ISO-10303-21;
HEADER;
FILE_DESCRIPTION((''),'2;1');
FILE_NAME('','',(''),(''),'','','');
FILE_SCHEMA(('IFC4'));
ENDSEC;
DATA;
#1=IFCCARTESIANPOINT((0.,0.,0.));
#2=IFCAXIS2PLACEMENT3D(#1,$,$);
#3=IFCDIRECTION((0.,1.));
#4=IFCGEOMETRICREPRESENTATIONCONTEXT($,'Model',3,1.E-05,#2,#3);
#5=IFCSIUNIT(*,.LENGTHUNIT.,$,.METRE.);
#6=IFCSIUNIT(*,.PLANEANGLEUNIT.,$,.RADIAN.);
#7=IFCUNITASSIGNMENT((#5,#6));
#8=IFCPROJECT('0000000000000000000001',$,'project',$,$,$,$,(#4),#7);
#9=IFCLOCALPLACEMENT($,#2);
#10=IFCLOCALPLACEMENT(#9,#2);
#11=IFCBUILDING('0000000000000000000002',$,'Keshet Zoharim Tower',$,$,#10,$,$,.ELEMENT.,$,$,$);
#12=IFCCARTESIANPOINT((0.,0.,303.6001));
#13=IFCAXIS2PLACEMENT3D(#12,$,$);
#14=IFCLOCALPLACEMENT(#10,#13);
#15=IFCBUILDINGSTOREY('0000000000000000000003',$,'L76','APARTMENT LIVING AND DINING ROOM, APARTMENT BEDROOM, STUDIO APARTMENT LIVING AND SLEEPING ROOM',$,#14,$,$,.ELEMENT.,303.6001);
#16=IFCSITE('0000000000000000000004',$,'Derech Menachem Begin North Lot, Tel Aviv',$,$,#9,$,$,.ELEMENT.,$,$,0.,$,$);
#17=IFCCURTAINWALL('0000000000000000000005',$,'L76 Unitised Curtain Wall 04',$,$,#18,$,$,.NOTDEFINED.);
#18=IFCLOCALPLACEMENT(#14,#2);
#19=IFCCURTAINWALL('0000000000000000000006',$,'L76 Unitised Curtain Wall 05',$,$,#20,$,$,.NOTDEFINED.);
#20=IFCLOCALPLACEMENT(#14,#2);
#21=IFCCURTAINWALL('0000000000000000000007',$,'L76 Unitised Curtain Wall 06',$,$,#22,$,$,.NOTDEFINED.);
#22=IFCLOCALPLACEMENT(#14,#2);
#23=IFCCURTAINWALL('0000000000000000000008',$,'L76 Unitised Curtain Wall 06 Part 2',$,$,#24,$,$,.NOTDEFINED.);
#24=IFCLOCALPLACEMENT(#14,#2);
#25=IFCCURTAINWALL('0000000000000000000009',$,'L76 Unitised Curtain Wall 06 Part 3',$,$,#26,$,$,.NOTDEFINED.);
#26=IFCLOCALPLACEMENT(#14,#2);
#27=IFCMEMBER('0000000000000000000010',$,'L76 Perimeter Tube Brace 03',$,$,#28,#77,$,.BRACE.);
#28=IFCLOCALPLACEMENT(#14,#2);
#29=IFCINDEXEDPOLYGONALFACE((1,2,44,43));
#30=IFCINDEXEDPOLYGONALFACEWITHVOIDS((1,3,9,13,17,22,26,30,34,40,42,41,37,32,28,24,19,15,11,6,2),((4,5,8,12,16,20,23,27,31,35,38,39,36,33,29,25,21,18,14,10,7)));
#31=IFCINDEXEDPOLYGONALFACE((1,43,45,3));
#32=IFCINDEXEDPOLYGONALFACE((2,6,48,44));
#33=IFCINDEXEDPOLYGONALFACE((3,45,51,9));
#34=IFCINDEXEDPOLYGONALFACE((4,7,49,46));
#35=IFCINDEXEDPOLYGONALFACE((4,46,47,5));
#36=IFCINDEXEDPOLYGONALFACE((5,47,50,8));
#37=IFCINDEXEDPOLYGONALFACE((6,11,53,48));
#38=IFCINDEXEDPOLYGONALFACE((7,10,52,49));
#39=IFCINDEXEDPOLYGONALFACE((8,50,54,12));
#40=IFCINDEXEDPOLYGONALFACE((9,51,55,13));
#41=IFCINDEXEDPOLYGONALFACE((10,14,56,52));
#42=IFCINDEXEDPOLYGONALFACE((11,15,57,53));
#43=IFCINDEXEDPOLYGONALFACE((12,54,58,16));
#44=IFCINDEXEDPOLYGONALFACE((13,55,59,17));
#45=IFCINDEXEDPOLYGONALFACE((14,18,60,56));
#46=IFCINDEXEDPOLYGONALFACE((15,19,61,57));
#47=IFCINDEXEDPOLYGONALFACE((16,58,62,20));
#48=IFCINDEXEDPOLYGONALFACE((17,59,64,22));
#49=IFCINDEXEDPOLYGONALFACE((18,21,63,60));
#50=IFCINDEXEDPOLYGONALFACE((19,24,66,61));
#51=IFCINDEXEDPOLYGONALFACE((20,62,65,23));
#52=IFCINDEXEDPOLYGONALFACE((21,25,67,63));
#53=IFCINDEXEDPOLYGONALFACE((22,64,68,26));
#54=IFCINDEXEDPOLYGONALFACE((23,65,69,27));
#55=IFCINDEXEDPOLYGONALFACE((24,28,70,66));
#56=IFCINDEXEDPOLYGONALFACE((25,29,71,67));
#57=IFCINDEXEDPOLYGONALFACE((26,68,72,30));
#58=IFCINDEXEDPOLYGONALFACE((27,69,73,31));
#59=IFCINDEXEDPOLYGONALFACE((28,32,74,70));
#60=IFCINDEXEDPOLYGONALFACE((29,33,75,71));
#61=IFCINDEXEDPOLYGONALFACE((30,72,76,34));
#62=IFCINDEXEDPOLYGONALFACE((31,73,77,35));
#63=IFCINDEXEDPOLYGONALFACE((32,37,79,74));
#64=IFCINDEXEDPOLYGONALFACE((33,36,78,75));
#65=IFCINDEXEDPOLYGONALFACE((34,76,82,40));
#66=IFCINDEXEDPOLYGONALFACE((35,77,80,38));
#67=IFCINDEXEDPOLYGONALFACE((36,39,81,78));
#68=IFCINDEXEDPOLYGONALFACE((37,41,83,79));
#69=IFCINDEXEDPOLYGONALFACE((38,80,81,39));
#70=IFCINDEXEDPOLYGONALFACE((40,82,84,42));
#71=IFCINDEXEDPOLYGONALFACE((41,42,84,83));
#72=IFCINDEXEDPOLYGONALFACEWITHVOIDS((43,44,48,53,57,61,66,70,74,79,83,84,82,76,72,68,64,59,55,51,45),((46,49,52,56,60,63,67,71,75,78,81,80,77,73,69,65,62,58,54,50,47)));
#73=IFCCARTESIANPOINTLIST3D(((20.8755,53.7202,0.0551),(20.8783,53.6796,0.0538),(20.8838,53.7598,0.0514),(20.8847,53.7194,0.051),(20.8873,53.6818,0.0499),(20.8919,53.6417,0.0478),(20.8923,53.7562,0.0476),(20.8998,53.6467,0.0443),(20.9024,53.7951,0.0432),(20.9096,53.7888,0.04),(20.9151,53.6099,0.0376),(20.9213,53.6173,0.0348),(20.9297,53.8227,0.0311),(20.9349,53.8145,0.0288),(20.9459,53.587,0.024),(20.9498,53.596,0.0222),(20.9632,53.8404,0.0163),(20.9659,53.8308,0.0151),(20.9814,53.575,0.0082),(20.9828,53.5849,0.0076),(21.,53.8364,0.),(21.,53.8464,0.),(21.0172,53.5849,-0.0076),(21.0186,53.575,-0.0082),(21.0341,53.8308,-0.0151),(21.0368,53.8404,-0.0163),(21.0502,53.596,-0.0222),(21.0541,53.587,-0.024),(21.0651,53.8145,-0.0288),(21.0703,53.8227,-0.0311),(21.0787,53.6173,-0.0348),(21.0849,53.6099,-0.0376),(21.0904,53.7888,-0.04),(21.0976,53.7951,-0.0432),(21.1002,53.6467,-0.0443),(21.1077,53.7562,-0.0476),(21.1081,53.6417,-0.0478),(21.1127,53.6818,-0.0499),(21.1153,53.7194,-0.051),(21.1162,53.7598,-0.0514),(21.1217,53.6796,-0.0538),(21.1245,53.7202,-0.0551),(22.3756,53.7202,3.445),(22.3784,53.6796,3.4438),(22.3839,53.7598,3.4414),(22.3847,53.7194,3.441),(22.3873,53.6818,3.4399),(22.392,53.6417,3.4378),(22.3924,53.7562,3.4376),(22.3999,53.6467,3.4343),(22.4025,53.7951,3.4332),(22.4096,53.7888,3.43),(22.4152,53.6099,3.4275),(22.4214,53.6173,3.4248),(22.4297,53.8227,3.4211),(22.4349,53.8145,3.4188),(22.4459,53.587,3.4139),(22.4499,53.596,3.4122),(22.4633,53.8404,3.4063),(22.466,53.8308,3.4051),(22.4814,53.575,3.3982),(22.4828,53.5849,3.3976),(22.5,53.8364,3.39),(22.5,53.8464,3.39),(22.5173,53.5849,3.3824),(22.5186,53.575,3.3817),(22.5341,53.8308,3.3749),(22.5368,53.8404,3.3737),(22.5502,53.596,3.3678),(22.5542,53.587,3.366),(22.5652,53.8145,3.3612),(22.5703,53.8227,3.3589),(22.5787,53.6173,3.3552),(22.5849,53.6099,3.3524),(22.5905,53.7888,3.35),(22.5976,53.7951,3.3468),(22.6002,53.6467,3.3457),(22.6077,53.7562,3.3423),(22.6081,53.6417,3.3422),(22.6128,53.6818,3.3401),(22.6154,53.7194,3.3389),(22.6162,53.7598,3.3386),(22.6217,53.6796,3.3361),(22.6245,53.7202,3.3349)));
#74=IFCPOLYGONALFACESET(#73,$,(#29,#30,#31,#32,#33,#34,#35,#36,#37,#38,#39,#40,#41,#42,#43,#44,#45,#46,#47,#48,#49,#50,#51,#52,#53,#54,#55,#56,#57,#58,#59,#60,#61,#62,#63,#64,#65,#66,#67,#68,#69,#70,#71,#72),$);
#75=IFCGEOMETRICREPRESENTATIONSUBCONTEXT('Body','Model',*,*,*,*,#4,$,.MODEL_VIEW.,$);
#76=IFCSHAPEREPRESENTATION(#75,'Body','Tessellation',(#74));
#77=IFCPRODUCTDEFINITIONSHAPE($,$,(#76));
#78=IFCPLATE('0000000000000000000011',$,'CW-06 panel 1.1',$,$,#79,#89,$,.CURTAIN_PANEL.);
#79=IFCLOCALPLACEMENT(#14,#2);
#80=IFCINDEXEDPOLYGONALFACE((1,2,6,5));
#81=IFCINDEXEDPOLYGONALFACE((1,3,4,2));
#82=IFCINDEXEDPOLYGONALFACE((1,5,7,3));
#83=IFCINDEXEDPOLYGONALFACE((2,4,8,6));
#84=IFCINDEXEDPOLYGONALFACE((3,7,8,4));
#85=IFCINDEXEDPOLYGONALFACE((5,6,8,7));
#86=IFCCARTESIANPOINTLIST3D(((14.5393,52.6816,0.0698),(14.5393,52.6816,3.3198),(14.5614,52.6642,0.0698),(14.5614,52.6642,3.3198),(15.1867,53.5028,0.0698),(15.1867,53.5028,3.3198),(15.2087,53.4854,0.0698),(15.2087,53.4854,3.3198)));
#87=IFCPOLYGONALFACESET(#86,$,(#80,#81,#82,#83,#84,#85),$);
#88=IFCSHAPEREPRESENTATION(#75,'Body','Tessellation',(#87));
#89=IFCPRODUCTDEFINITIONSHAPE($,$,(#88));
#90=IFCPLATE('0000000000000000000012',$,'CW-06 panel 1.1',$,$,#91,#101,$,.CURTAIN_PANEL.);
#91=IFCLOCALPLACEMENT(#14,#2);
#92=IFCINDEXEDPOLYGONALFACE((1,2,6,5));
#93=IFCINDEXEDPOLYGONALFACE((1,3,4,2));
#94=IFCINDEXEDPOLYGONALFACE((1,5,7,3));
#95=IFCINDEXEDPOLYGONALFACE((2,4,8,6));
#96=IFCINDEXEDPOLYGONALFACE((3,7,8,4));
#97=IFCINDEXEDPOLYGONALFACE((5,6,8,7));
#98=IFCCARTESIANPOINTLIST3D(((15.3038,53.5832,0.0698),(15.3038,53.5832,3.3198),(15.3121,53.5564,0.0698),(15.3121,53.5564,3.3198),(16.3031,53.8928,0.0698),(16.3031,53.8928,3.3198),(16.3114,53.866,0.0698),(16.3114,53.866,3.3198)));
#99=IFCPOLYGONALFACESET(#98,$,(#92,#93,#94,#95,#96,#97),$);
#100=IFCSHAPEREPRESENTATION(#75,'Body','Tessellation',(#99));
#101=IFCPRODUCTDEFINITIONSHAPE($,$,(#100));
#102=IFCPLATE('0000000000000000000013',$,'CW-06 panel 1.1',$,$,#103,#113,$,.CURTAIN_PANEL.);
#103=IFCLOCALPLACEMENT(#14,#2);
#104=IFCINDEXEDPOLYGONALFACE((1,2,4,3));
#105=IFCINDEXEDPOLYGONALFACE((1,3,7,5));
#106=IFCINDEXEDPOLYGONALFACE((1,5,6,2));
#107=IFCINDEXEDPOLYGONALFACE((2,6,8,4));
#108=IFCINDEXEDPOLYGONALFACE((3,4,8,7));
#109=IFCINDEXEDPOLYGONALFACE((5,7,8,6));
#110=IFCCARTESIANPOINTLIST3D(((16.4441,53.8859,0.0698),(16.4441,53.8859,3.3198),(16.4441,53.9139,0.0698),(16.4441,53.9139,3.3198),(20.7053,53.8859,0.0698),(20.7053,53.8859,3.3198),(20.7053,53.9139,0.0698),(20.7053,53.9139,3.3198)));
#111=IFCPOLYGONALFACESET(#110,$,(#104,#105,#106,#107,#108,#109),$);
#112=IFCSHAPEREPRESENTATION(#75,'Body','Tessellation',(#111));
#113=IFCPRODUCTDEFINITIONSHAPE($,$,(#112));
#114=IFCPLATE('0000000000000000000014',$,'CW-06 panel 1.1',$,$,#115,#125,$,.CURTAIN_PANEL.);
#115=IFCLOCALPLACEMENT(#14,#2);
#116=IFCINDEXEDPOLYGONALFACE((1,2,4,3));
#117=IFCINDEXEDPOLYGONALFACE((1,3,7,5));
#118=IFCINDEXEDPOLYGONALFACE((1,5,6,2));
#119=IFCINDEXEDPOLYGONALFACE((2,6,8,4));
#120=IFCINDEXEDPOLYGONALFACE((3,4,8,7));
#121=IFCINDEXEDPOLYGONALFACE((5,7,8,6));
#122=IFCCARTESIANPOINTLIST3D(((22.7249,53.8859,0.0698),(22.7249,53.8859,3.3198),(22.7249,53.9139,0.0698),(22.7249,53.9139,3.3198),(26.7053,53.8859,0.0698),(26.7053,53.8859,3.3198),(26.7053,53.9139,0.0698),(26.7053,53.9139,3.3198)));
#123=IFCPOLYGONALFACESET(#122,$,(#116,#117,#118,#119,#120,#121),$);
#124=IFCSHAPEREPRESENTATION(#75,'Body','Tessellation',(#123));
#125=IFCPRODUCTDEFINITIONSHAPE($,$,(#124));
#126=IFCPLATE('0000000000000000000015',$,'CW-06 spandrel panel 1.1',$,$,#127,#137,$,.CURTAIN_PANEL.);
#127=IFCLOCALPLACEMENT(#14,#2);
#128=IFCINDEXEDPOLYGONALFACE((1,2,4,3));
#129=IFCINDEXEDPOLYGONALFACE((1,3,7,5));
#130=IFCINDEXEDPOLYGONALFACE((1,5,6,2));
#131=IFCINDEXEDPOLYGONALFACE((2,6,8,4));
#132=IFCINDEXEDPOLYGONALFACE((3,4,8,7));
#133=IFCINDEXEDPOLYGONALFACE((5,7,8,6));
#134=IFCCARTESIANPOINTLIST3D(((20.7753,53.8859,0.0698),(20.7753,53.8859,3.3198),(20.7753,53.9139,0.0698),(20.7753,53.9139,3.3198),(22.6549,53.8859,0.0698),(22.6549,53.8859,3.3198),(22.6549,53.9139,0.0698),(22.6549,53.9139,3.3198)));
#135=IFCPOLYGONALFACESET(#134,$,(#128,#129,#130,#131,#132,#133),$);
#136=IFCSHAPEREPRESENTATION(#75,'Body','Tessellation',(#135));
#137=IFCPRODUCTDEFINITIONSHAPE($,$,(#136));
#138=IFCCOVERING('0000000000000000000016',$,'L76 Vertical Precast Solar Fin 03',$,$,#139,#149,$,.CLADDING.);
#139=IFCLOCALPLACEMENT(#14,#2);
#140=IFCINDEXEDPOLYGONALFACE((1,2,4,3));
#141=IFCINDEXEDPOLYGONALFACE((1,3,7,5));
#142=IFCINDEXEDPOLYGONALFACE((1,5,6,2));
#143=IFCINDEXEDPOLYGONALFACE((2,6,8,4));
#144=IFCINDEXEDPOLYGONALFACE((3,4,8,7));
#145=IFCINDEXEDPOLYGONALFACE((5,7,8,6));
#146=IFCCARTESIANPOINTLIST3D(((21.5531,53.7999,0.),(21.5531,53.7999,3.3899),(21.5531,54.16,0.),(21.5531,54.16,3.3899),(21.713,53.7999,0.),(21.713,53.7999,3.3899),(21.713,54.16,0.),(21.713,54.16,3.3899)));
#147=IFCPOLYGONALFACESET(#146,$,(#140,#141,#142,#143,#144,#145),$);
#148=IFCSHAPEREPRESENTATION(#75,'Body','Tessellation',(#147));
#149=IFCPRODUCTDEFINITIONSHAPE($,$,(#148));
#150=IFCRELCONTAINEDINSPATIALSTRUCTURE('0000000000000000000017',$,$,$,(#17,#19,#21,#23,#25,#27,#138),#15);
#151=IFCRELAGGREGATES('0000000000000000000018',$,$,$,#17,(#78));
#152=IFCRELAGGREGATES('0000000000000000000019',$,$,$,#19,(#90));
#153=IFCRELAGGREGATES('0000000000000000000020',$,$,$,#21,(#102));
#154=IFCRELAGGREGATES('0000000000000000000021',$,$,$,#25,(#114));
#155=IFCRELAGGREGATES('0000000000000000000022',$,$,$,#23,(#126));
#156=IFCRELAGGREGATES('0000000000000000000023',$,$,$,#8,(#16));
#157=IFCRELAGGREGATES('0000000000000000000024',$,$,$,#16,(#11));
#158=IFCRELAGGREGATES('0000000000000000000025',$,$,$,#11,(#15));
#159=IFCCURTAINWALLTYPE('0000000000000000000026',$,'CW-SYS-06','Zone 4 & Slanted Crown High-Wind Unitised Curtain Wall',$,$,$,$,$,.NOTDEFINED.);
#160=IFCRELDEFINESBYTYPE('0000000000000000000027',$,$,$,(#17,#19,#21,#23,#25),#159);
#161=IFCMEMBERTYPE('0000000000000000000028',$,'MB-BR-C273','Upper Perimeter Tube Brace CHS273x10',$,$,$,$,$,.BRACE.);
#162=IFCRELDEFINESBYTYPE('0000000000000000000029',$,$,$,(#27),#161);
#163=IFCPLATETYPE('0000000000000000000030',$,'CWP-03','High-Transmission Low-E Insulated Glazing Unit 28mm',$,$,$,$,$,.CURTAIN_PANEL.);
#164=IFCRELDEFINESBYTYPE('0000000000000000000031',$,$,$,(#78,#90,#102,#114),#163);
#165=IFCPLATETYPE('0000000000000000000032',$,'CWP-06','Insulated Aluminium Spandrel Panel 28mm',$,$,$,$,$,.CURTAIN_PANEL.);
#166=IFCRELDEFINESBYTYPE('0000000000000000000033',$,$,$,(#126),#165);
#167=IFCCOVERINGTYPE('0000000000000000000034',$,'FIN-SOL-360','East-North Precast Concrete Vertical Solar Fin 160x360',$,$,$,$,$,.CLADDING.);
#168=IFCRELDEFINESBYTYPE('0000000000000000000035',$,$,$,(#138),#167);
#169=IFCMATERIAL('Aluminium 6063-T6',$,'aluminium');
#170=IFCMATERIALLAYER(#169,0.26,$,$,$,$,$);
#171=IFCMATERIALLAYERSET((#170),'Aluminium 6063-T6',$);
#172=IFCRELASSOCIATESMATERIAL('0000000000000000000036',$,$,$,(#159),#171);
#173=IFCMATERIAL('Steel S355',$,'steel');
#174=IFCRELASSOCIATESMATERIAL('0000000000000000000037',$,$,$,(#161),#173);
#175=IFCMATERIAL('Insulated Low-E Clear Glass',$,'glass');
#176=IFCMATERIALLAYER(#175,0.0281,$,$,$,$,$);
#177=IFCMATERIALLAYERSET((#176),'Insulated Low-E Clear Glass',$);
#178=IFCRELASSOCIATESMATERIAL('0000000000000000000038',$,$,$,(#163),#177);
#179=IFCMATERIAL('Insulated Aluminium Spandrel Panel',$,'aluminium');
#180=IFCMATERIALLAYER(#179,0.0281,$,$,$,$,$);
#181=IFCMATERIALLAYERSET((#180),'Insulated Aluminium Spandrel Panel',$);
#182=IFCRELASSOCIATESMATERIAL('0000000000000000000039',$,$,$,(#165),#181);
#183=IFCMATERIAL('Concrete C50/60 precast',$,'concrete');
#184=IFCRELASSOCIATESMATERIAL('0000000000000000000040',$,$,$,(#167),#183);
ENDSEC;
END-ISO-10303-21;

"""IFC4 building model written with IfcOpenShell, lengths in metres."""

from ifc_helpers import new_model, si_unit, direction, frame, origin, origin_2d, place, context, subcontext, project, spatial, rectangle, hollow_circle, extrude, material, layer, layer_set, material_profile, profile_set, type_object, element, aggregate, save


model = new_model("IFC4")

# Units and contexts
model_context = context("Model", 3, precision=1e-05, world=origin(), true_north=direction((0.0, 1.0)))
body_context = subcontext(model_context, "Body", "Model", "MODEL_VIEW")
ifc_project = project(units=[si_unit("LENGTHUNIT", "METRE"), si_unit("PLANEANGLEUNIT", "RADIAN")], contexts=[model_context])

# Site, building, storey
site_placement = place(None, origin())
site = spatial("IfcSite", under=ifc_project, at=site_placement, Name="Derech Menachem Begin North Lot, Tel Aviv", CompositionType="ELEMENT", RefElevation=0.0)
building_placement = place(site_placement, origin())
building = spatial("IfcBuilding", under=site, at=building_placement, Name="Keshet Zoharim Tower", CompositionType="ELEMENT")
storey_placement = place(building_placement, frame((0.0, 0.0, 303.6001)))
storey = spatial("IfcBuildingStorey", under=building, at=storey_placement, Name="L76", Description="APARTMENT LIVING AND DINING ROOM, APARTMENT BEDROOM, STUDIO APARTMENT LIVING AND SLEEPING ROOM", CompositionType="ELEMENT", Elevation=303.6001)

# Shared definitions
ifc_material_1 = material(Name="Steel S355", Category="steel")

# Curtain wall
ifc_material_2 = material(Name="Aluminium 6063-T6", Category="aluminium")
ifc_layer_1 = layer(ifc_material_2, 0.26)
ifc_layer_set_1 = layer_set([ifc_layer_1], Name="Aluminium 6063-T6")
curtain_wall_type = type_object("IfcCurtainWallType", Name="CW-SYS-06", Description="Zone 4 & Slanted Crown High-Wind Unitised Curtain Wall", PredefinedType="NOTDEFINED", material=ifc_layer_set_1)
curtain_wall_1_placement = place(storey_placement, origin())
curtain_wall_1 = element("IfcCurtainWall", 1, at=curtain_wall_1_placement, inside=storey, type_object=curtain_wall_type, Name="L76 Unitised Curtain Wall 04", PredefinedType="NOTDEFINED")

# Curtain walls
curtain_wall_2_placement = place(storey_placement, origin())
curtain_wall_2 = element("IfcCurtainWall", 2, at=curtain_wall_2_placement, inside=storey, type_object=curtain_wall_type, Name="L76 Unitised Curtain Wall 05", PredefinedType="NOTDEFINED")
curtain_wall_3_placement = place(storey_placement, origin())
curtain_wall_3 = element("IfcCurtainWall", 3, at=curtain_wall_3_placement, inside=storey, type_object=curtain_wall_type, Name="L76 Unitised Curtain Wall 06", PredefinedType="NOTDEFINED")

# Curtain wall
curtain_wall_4_placement = place(storey_placement, origin())
curtain_wall_4 = element("IfcCurtainWall", 4, at=curtain_wall_4_placement, inside=storey, type_object=curtain_wall_type, Name="L76 Unitised Curtain Wall 06 Part 2", PredefinedType="NOTDEFINED")

# Curtain wall
curtain_wall_5_placement = place(storey_placement, origin())
curtain_wall_5 = element("IfcCurtainWall", 5, at=curtain_wall_5_placement, inside=storey, type_object=curtain_wall_type, Name="L76 Unitised Curtain Wall 06 Part 3", PredefinedType="NOTDEFINED")

# Member
ifc_material_profile_1 = material_profile(ifc_material_1, hollow_circle(Radius=0.1365, WallThickness=0.01, at=origin_2d()), Name="CHS273x10")
ifc_profile_set_1 = profile_set([ifc_material_profile_1], Name="Steel S355")
member_type_1 = type_object("IfcMemberType", Name="MB-BR-C273", Description="Upper Perimeter Tube Brace CHS273x10", PredefinedType="BRACE", material=ifc_profile_set_1)
member_1_placement = place(storey_placement, frame((21.0, 53.71, 0.0), z_axis=(0.404647, 0.0, 0.914473), x_axis=(0.0, 1.0, 0.0)))
element("IfcMember", 6, at=member_1_placement, inside=storey, type_object=member_type_1, Name="L76 Perimeter Tube Brace 03", PredefinedType="BRACE", context=body_context, shape_type="SweptSolid", body=[
    extrude(hollow_circle(Radius=0.1365, WallThickness=0.01, at=origin_2d()), origin(), (0.0, 0.0, 1.0), 3.707),
])

# Plates
ifc_material_3 = material(Name="Insulated Low-E Clear Glass", Category="glass")
ifc_layer_2 = layer(ifc_material_3, 0.0281)
ifc_layer_set_2 = layer_set([ifc_layer_2], Name="Insulated Low-E Clear Glass")
plate_type_1 = type_object("IfcPlateType", Name="CWP-03", Description="High-Transmission Low-E Insulated Glazing Unit 28mm", PredefinedType="CURTAIN_PANEL", material=ifc_layer_set_2)
plate_1_placement = place(storey_placement, frame((14.874, 53.0835, 0.0698), z_axis=(0.0, 0.0, 1.0), x_axis=(0.619125, 0.785293, 0.0)))
plate_1 = element("IfcPlate", 7, at=plate_1_placement, type_object=plate_type_1, Name="CW-06 panel 1.1", PredefinedType="CURTAIN_PANEL", context=body_context, shape_type="SweptSolid", body=[
    extrude(rectangle(XDim=1.0457, YDim=0.0281, at=origin_2d()), origin(), (0.0, 0.0, 1.0), 3.25),
])
aggregate(curtain_wall_1, [plate_1])
plate_2_placement = place(storey_placement, frame((15.8076, 53.7246, 0.0698), z_axis=(0.0, 0.0, 1.0), x_axis=(0.955212, 0.295922, 0.0)))
plate_2 = element("IfcPlate", 8, at=plate_2_placement, type_object=plate_type_1, Name="CW-06 panel 1.1", PredefinedType="CURTAIN_PANEL", context=body_context, shape_type="SweptSolid", body=[
    extrude(rectangle(XDim=1.0461, YDim=0.0281, at=origin_2d()), origin(), (0.0, 0.0, 1.0), 3.25),
])
aggregate(curtain_wall_2, [plate_2])
plate_3_placement = place(storey_placement, frame((18.5747, 53.8999, 0.0698), z_axis=(0.0, 0.0, 1.0), x_axis=(1.0, 0.0, 0.0)))
plate_3 = element("IfcPlate", 9, at=plate_3_placement, type_object=plate_type_1, Name="CW-06 panel 1.1", PredefinedType="CURTAIN_PANEL", context=body_context, shape_type="SweptSolid", body=[
    extrude(rectangle(XDim=4.2612, YDim=0.0281, at=origin_2d()), origin(), (0.0, 0.0, 1.0), 3.25),
])
aggregate(curtain_wall_3, [plate_3])
plate_4_placement = place(storey_placement, frame((24.7151, 53.8999, 0.0698), z_axis=(0.0, 0.0, 1.0), x_axis=(1.0, 0.0, 0.0)))
plate_4 = element("IfcPlate", 10, at=plate_4_placement, type_object=plate_type_1, Name="CW-06 panel 1.1", PredefinedType="CURTAIN_PANEL", context=body_context, shape_type="SweptSolid", body=[
    extrude(rectangle(XDim=3.9805, YDim=0.0281, at=origin_2d()), origin(), (0.0, 0.0, 1.0), 3.25),
])
aggregate(curtain_wall_5, [plate_4])
ifc_material_4 = material(Name="Insulated Aluminium Spandrel Panel", Category="aluminium")
ifc_layer_3 = layer(ifc_material_4, 0.0281)
ifc_layer_set_3 = layer_set([ifc_layer_3], Name="Insulated Aluminium Spandrel Panel")
plate_type_2 = type_object("IfcPlateType", Name="CWP-06", Description="Insulated Aluminium Spandrel Panel 28mm", PredefinedType="CURTAIN_PANEL", material=ifc_layer_set_3)
plate_5_placement = place(storey_placement, frame((21.7151, 53.8999, 0.0698), z_axis=(0.0, 0.0, 1.0), x_axis=(1.0, 0.0, 0.0)))
plate_5 = element("IfcPlate", 11, at=plate_5_placement, type_object=plate_type_2, Name="CW-06 spandrel panel 1.1", PredefinedType="CURTAIN_PANEL", context=body_context, shape_type="SweptSolid", body=[
    extrude(rectangle(XDim=1.8796, YDim=0.0281, at=origin_2d()), origin(), (0.0, 0.0, 1.0), 3.25),
])
aggregate(curtain_wall_4, [plate_5])

# Covering
ifc_material_5 = material(Name="Concrete C50/60 precast", Category="concrete")
covering_type = type_object("IfcCoveringType", Name="FIN-SOL-360", Description="East-North Precast Concrete Vertical Solar Fin 160x360", PredefinedType="CLADDING", material=ifc_material_5)
covering_placement = place(storey_placement, frame((21.6331, 53.98, 0.0), z_axis=(0.0, 0.0, 1.0), x_axis=(1.0, 0.0, 0.0)))
element("IfcCovering", 12, at=covering_placement, inside=storey, type_object=covering_type, Name="L76 Vertical Precast Solar Fin 03", PredefinedType="CLADDING", context=body_context, shape_type="SweptSolid", body=[
    extrude(rectangle(XDim=0.1599, YDim=0.3601, at=origin_2d()), origin(), (0.0, 0.0, 1.0), 3.3899),
])

save(model, "model.ifc")
